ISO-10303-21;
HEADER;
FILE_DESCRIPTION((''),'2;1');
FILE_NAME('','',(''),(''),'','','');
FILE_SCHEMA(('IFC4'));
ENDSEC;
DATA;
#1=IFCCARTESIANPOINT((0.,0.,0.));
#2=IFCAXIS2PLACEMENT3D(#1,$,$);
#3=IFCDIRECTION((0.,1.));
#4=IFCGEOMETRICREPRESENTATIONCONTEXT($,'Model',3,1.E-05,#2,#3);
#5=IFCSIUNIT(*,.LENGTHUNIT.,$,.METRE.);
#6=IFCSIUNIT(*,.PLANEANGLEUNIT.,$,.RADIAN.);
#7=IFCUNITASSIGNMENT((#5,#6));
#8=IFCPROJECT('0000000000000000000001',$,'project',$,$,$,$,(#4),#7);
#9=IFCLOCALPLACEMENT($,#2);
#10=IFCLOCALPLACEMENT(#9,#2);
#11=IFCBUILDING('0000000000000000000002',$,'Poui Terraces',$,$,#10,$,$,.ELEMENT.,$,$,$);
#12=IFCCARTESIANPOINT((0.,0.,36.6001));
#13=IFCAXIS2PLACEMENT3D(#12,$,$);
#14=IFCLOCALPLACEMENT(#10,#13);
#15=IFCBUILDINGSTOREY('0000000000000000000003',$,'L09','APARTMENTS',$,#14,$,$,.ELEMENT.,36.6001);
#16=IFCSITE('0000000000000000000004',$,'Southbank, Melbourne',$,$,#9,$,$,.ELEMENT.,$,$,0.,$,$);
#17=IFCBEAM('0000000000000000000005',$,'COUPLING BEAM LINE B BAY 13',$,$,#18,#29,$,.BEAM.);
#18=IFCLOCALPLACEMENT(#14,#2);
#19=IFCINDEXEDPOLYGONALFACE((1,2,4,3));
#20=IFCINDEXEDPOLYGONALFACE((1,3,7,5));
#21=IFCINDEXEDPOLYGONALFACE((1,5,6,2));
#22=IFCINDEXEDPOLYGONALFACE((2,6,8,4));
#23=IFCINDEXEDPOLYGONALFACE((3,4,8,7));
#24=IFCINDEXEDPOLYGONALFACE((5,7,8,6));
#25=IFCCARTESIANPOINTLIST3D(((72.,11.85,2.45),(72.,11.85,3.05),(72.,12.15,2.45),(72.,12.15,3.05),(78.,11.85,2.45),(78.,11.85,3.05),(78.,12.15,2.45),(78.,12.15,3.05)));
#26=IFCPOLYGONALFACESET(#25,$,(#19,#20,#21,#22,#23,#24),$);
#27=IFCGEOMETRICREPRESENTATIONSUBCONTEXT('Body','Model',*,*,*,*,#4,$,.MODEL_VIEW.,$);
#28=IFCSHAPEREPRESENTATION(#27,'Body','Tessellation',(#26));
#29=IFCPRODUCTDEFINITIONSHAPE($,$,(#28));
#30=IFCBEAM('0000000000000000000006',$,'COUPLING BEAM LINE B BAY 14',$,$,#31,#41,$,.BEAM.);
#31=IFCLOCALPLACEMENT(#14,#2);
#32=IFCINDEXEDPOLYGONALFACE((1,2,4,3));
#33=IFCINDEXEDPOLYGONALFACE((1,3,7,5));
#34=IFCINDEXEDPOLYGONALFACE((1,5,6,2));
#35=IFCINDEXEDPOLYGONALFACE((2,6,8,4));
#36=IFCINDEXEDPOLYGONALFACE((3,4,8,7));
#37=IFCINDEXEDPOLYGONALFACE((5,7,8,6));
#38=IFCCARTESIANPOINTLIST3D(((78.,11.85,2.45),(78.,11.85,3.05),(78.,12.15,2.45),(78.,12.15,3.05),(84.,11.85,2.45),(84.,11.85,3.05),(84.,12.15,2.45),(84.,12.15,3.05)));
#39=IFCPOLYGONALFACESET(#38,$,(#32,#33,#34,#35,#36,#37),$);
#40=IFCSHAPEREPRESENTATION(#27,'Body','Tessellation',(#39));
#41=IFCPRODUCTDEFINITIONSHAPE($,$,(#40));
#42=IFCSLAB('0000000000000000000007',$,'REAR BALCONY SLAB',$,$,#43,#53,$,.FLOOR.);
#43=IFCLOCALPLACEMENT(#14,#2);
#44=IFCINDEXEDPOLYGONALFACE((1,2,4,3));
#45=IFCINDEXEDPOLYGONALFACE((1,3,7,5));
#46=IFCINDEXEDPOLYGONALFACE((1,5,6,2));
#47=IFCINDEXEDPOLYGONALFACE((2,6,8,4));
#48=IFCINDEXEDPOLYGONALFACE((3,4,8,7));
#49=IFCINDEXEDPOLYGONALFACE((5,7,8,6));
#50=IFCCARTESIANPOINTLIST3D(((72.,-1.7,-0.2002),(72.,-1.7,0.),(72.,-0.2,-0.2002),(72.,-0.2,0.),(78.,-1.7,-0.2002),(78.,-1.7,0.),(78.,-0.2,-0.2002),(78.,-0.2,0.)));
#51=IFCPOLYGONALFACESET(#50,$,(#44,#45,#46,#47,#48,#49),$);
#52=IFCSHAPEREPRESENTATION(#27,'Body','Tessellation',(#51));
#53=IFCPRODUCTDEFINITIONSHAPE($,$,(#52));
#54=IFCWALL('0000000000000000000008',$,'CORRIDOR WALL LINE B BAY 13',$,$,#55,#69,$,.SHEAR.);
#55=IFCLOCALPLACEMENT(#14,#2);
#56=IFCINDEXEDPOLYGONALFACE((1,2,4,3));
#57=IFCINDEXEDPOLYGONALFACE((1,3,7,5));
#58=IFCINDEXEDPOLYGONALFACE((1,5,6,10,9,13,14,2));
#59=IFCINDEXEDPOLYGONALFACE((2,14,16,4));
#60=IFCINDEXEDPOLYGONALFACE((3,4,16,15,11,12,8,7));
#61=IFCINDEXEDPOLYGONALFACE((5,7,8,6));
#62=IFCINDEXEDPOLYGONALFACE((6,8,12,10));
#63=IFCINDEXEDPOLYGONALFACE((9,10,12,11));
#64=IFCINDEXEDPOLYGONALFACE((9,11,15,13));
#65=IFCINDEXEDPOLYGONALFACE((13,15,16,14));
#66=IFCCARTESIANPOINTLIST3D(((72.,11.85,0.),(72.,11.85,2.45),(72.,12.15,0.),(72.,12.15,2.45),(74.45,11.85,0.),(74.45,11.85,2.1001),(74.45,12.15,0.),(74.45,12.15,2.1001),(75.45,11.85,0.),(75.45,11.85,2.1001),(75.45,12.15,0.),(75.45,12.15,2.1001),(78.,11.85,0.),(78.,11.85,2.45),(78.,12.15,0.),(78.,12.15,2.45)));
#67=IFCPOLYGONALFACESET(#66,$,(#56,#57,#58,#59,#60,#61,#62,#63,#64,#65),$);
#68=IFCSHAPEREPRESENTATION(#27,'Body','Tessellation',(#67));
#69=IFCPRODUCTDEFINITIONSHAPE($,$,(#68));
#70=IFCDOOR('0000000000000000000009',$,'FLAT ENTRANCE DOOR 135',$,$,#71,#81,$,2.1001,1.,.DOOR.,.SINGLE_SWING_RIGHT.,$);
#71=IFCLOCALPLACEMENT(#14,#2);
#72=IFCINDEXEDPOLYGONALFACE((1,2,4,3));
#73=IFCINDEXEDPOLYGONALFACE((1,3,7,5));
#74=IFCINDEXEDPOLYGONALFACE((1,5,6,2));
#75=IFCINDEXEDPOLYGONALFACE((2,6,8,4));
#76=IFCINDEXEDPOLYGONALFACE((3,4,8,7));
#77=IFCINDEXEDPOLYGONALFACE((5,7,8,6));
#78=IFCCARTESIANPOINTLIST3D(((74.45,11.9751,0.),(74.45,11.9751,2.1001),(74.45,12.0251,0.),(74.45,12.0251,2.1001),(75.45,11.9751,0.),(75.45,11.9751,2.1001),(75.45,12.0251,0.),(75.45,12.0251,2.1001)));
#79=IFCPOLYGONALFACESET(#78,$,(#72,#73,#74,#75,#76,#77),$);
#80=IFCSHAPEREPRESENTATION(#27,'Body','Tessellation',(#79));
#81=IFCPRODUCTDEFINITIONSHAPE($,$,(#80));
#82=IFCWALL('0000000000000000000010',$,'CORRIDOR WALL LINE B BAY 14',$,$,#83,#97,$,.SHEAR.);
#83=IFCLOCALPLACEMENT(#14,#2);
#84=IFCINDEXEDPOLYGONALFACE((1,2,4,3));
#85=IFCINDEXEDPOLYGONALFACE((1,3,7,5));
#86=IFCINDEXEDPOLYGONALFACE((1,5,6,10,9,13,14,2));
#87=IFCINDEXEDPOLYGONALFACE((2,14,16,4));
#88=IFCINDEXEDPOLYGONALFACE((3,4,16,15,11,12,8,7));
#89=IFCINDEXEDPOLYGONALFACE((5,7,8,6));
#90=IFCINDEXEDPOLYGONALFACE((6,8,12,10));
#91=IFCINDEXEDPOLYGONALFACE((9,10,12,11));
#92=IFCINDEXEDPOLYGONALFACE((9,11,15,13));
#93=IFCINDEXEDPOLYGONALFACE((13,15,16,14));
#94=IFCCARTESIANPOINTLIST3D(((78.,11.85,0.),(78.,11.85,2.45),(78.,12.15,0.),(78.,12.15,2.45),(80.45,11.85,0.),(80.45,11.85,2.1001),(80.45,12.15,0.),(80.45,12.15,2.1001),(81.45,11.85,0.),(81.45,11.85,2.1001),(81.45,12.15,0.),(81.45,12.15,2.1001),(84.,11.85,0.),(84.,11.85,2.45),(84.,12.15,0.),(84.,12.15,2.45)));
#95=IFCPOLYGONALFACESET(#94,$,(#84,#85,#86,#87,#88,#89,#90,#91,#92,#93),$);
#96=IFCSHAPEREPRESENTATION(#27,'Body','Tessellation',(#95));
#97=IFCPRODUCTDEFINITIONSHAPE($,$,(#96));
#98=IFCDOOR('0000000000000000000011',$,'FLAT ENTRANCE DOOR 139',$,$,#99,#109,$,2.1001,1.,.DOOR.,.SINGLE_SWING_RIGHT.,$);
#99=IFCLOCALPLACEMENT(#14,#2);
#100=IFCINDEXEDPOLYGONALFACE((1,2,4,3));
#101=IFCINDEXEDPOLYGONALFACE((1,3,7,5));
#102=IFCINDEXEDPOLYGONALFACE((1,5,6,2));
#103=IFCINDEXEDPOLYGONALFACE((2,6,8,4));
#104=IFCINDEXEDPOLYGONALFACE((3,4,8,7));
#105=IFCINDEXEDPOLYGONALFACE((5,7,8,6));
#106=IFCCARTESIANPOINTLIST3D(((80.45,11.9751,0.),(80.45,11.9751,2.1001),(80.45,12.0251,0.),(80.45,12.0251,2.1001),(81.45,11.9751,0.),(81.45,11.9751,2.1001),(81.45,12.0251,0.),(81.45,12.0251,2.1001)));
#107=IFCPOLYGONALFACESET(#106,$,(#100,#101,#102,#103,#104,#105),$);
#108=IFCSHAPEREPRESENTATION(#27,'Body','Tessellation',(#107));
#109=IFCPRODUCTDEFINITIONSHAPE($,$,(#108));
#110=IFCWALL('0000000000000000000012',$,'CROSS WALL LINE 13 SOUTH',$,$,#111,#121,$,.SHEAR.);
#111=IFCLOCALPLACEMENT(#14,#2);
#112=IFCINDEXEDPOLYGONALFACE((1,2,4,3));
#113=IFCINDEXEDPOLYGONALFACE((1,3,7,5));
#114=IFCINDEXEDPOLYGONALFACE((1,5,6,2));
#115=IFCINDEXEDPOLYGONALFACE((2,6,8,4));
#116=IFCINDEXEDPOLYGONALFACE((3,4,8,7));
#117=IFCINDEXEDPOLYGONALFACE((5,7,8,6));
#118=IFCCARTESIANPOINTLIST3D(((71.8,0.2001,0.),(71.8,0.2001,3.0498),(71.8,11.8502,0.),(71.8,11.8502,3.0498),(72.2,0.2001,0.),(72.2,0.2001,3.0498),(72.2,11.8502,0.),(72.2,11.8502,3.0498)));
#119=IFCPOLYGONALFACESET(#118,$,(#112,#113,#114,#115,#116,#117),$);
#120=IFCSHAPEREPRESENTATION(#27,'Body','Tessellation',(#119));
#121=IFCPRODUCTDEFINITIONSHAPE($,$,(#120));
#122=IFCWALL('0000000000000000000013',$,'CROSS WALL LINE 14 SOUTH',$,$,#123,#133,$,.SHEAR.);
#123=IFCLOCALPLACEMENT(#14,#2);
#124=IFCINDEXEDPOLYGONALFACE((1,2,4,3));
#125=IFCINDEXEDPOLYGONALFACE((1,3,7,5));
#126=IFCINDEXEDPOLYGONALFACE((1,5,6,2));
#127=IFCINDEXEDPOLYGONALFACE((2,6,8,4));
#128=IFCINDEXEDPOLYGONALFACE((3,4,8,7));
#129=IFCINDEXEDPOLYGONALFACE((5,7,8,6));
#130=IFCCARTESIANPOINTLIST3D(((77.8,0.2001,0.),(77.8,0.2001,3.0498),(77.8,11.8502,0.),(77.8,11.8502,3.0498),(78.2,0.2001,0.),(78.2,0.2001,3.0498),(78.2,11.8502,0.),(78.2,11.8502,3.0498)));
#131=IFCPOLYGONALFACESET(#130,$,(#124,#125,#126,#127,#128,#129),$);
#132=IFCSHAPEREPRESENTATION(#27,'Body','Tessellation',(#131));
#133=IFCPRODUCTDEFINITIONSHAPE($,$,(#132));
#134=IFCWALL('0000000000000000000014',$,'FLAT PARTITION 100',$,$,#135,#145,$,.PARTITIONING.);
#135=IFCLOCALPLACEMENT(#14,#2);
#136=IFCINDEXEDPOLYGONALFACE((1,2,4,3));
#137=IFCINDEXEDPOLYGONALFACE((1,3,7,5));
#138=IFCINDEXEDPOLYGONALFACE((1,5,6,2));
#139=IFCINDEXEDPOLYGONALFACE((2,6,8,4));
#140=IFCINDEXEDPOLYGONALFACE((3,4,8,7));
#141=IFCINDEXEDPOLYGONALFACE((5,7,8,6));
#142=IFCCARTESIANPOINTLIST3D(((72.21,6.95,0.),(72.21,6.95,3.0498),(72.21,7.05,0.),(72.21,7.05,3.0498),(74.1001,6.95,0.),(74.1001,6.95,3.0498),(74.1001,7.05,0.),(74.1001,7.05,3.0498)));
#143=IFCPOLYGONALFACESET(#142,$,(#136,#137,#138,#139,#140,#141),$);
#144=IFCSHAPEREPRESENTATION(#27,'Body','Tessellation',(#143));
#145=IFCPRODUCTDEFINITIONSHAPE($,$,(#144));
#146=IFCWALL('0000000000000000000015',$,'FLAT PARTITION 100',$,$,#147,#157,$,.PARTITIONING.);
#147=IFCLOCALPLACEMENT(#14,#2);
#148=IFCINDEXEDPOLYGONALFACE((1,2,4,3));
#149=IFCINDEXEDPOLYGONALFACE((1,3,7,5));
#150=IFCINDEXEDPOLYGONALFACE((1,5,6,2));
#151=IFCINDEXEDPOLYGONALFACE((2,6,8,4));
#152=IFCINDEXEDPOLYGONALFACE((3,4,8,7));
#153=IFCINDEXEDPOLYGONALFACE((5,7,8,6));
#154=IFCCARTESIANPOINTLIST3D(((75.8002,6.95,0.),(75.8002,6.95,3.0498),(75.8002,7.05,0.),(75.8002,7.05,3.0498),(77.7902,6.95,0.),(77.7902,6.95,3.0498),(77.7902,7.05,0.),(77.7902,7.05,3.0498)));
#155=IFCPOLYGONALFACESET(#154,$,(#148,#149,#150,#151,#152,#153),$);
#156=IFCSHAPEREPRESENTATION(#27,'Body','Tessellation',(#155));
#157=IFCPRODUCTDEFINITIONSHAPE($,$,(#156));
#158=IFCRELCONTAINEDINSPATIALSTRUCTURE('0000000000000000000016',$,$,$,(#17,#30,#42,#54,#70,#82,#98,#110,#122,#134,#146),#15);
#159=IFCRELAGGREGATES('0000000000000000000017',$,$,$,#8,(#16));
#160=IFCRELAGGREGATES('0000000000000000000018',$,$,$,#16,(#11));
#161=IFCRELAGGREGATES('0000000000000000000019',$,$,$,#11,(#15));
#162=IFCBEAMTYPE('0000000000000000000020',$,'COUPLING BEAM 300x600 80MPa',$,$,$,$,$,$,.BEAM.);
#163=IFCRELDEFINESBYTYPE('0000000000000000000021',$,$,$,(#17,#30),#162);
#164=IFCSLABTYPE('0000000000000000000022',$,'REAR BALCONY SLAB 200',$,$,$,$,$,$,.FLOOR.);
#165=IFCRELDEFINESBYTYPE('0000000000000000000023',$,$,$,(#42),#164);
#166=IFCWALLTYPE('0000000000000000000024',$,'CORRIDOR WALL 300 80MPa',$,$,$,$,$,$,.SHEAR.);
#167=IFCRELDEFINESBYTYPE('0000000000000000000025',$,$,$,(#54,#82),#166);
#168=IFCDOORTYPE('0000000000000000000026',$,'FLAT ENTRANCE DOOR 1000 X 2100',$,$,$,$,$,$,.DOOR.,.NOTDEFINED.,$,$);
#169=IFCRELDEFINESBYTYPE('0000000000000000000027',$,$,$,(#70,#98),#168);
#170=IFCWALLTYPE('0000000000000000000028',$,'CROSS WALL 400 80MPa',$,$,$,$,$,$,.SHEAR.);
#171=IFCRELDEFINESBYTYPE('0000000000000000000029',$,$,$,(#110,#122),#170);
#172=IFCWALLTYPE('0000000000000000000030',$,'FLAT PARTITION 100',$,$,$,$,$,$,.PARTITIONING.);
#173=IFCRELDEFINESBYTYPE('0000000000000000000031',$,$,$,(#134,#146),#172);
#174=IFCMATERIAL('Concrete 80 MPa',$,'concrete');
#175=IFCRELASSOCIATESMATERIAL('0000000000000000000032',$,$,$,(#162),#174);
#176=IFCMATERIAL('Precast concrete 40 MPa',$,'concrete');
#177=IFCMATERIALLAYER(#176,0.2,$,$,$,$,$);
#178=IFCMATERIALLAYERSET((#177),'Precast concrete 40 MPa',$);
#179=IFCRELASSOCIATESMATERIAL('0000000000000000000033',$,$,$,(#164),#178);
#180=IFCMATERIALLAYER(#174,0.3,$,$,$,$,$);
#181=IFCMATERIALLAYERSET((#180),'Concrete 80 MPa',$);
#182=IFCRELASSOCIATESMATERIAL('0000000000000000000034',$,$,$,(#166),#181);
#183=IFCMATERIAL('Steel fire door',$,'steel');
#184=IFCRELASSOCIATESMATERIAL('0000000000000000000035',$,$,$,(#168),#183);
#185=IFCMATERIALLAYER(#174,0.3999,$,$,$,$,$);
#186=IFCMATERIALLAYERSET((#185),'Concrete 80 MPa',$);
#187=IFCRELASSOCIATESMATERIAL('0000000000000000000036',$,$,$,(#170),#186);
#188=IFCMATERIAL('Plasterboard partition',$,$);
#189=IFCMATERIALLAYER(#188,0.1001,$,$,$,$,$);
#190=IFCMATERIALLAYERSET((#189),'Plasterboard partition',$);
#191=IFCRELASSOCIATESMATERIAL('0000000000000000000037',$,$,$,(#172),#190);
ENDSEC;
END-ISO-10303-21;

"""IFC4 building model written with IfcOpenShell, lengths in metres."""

from ifc_helpers import new_model, si_unit, direction, frame, frame_2d, origin, origin_2d, place, context, subcontext, project, spatial, polyline, rectangle, outline, extrude, source, transform, mapped, material, layer, layer_set, material_profile, profile_set, type_object, element, fill, save


model = new_model("IFC4")

# Units and contexts
model_context = context("Model", 3, precision=1e-05, world=origin(), true_north=direction((0.0, 1.0)))
body_context = subcontext(model_context, "Body", "Model", "MODEL_VIEW")
ifc_project = project(units=[si_unit("LENGTHUNIT", "METRE"), si_unit("PLANEANGLEUNIT", "RADIAN")], contexts=[model_context])

# Site, building, storey
site_placement = place(None, origin())
site = spatial("IfcSite", under=ifc_project, at=site_placement, Name="Southbank, Melbourne", CompositionType="ELEMENT", RefElevation=0.0)
building_placement = place(site_placement, origin())
building = spatial("IfcBuilding", under=site, at=building_placement, Name="Poui Terraces", CompositionType="ELEMENT")
storey_placement = place(building_placement, frame((0.0, 0.0, 36.6001)))
storey = spatial("IfcBuildingStorey", under=building, at=storey_placement, Name="L09", Description="APARTMENTS", CompositionType="ELEMENT", Elevation=36.6001)

# Beams
ifc_material_1 = material(Name="Concrete 80 MPa", Category="concrete")
ifc_material_profile_1 = material_profile(ifc_material_1, rectangle(XDim=0.3, YDim=0.6001, at=origin_2d()), Name="RC 300x600")
ifc_profile_set_1 = profile_set([ifc_material_profile_1], Name="Concrete 80 MPa")
beam_type = type_object("IfcBeamType", Name="COUPLING BEAM 300x600 80MPa", PredefinedType="BEAM", material=ifc_profile_set_1)
shared_shape_1 = source(origin(), body_context, "Body", "SweptSolid", [
    extrude(rectangle(XDim=0.3, YDim=0.6001, at=origin_2d()), origin(), (0.0, 0.0, 1.0), 6.0),
])
for number, where, z_axis, x_axis, name in (
    (1, (72.0, 12.0, 2.75), (1.0, 0.0, 0.0), (0.0, 1.0, 0.0), "COUPLING BEAM LINE B BAY 13"),
    (2, (78.0, 12.0, 2.75), (1.0, 0.0, 0.0), (0.0, 1.0, 0.0), "COUPLING BEAM LINE B BAY 14"),
):
    element("IfcBeam", number, at=place(storey_placement, frame(where, z_axis=z_axis, x_axis=x_axis)), inside=storey, type_object=beam_type, Name=name, PredefinedType="BEAM", context=body_context, shape_type="MappedRepresentation", body=[
        mapped(shared_shape_1, transform((0.0, 0.0, 0.0))),
    ])

# Slab
ifc_material_2 = material(Name="Precast concrete 40 MPa", Category="concrete")
ifc_layer_1 = layer(ifc_material_2, 0.2)
ifc_layer_set_1 = layer_set([ifc_layer_1], Name="Precast concrete 40 MPa")
slab_type = type_object("IfcSlabType", Name="REAR BALCONY SLAB 200", PredefinedType="FLOOR", material=ifc_layer_set_1)
shared_shape_2 = source(origin(), body_context, "Body", "SweptSolid", [
    extrude(outline(polyline([(0.0, 0.0), (6.0, 0.0), (6.0, 1.5), (0.0, 1.5), (0.0, 0.0)])), origin(), (0.0, 0.0, 1.0), 0.2002),
])
slab_placement = place(storey_placement, frame((72.0, -1.7, -0.2002)))
element("IfcSlab", 3, at=slab_placement, inside=storey, type_object=slab_type, Name="REAR BALCONY SLAB", PredefinedType="FLOOR", context=body_context, shape_type="MappedRepresentation", body=[
    mapped(shared_shape_2, transform((0.0, 0.0, 0.0))),
])

# Walls, openings, doors
ifc_layer_2 = layer(ifc_material_1, 0.3)
ifc_layer_set_2 = layer_set([ifc_layer_2], Name="Concrete 80 MPa")
wall_type_1 = type_object("IfcWallType", Name="CORRIDOR WALL 300 80MPa", PredefinedType="SHEAR", material=ifc_layer_set_2)
wall_1_placement = place(storey_placement, frame((72.0, 12.0, 0.0), z_axis=(0.0, 0.0, 1.0), x_axis=(1.0, 0.0, 0.0)))
wall_1 = element("IfcWall", 4, at=wall_1_placement, inside=storey, type_object=wall_type_1, Name="CORRIDOR WALL LINE B BAY 13", PredefinedType="SHEAR", context=body_context, shape_type="SweptSolid", body=[
    extrude(rectangle(XDim=6.0, YDim=0.3, at=frame_2d((3.0, 0.0))), origin(), (0.0, 0.0, 1.0), 2.45),
])
opening_1_placement = place(wall_1_placement, frame((2.45, 0.0, 0.0)))
opening_1 = element("IfcOpeningElement", 5, at=opening_1_placement, cuts=wall_1, PredefinedType="OPENING", context=body_context, shape_type="SweptSolid", body=[
    extrude(rectangle(XDim=1.0, YDim=2.1001, at=frame_2d((0.5, 1.05))), frame((0.0, 0.1602, 0.0), z_axis=(0.0, -1.0, 0.0), x_axis=(1.0, 0.0, 0.0)), (0.0, 0.0, 1.0), 0.3201),
])
ifc_material_3 = material(Name="Steel fire door", Category="steel")
door_type_1 = type_object("IfcDoorType", Name="FLAT ENTRANCE DOOR 1000 X 2100", OperationType="NOTDEFINED", PredefinedType="DOOR", material=ifc_material_3)
door_1_placement = place(opening_1_placement, frame((1.0, 0.0, 0.0), z_axis=(0.0, 0.0, 1.0), x_axis=(-1.0, 0.0, 0.0)))
door_1 = element("IfcDoor", 6, at=door_1_placement, inside=storey, type_object=door_type_1, Name="FLAT ENTRANCE DOOR 135", OperationType="SINGLE_SWING_RIGHT", OverallHeight=2.1001, OverallWidth=1.0, PredefinedType="DOOR", context=body_context, shape_type="SweptSolid", body=[
    extrude(rectangle(XDim=1.0, YDim=2.1001, at=frame_2d((0.5, 1.05))), frame((0.0, 0.0249, 0.0), z_axis=(0.0, -1.0, 0.0), x_axis=(1.0, 0.0, 0.0)), (0.0, 0.0, 1.0), 0.05),
])
fill(opening_1, door_1)
wall_2_placement = place(storey_placement, frame((78.0, 12.0, 0.0), z_axis=(0.0, 0.0, 1.0), x_axis=(1.0, 0.0, 0.0)))
wall_2 = element("IfcWall", 7, at=wall_2_placement, inside=storey, type_object=wall_type_1, Name="CORRIDOR WALL LINE B BAY 14", PredefinedType="SHEAR", context=body_context, shape_type="SweptSolid", body=[
    extrude(rectangle(XDim=6.0, YDim=0.3, at=frame_2d((3.0, 0.0))), origin(), (0.0, 0.0, 1.0), 2.45),
])
opening_2_placement = place(wall_2_placement, frame((2.45, 0.0, 0.0)))
opening_2 = element("IfcOpeningElement", 8, at=opening_2_placement, cuts=wall_2, PredefinedType="OPENING", context=body_context, shape_type="SweptSolid", body=[
    extrude(rectangle(XDim=1.0, YDim=2.1001, at=frame_2d((0.5, 1.05))), frame((0.0, 0.1602, 0.0), z_axis=(0.0, -1.0, 0.0), x_axis=(1.0, 0.0, 0.0)), (0.0, 0.0, 1.0), 0.3201),
])
door_2_placement = place(opening_2_placement, frame((1.0, 0.0, 0.0), z_axis=(0.0, 0.0, 1.0), x_axis=(-1.0, 0.0, 0.0)))
door_2 = element("IfcDoor", 9, at=door_2_placement, inside=storey, type_object=door_type_1, Name="FLAT ENTRANCE DOOR 139", OperationType="SINGLE_SWING_RIGHT", OverallHeight=2.1001, OverallWidth=1.0, PredefinedType="DOOR", context=body_context, shape_type="SweptSolid", body=[
    extrude(rectangle(XDim=1.0, YDim=2.1001, at=frame_2d((0.5, 1.05))), frame((0.0, 0.0249, 0.0), z_axis=(0.0, -1.0, 0.0), x_axis=(1.0, 0.0, 0.0)), (0.0, 0.0, 1.0), 0.05),
])
fill(opening_2, door_2)

# Walls
ifc_layer_3 = layer(ifc_material_1, 0.3999)
ifc_layer_set_3 = layer_set([ifc_layer_3], Name="Concrete 80 MPa")
wall_type_2 = type_object("IfcWallType", Name="CROSS WALL 400 80MPa", PredefinedType="SHEAR", material=ifc_layer_set_3)
for number, where, z_axis, x_axis, name in (
    (10, (72.0, 0.2, 0.0), (0.0, 0.0, 1.0), (0.0, 1.0, 0.0), "CROSS WALL LINE 13 SOUTH"),
    (11, (78.0, 0.2, 0.0), (0.0, 0.0, 1.0), (0.0, 1.0, 0.0), "CROSS WALL LINE 14 SOUTH"),
):
    element("IfcWall", number, at=place(storey_placement, frame(where, z_axis=z_axis, x_axis=x_axis)), inside=storey, type_object=wall_type_2, Name=name, PredefinedType="SHEAR", context=body_context, shape_type="SweptSolid", body=[
        extrude(rectangle(XDim=11.6501, YDim=0.3999, at=frame_2d((5.8252, 0.0))), origin(), (0.0, 0.0, 1.0), 3.0498),
    ])
ifc_material_4 = material(Name="Plasterboard partition")
ifc_layer_4 = layer(ifc_material_4, 0.1001)
ifc_layer_set_4 = layer_set([ifc_layer_4], Name="Plasterboard partition")
wall_type_3 = type_object("IfcWallType", Name="FLAT PARTITION 100", PredefinedType="PARTITIONING", material=ifc_layer_set_4)
wall_3_placement = place(storey_placement, frame((72.21, 7.0, 0.0), z_axis=(0.0, 0.0, 1.0), x_axis=(1.0, 0.0, 0.0)))
element("IfcWall", 12, at=wall_3_placement, inside=storey, type_object=wall_type_3, Name="FLAT PARTITION 100", PredefinedType="PARTITIONING", context=body_context, shape_type="SweptSolid", body=[
    extrude(rectangle(XDim=1.8901, YDim=0.1001, at=frame_2d((0.9451, 0.0))), origin(), (0.0, 0.0, 1.0), 3.0498),
])
wall_4_placement = place(storey_placement, frame((75.8, 7.0, 0.0), z_axis=(0.0, 0.0, 1.0), x_axis=(1.0, 0.0, 0.0)))
element("IfcWall", 13, at=wall_4_placement, inside=storey, type_object=wall_type_3, Name="FLAT PARTITION 100", PredefinedType="PARTITIONING", context=body_context, shape_type="SweptSolid", body=[
    extrude(rectangle(XDim=1.99, YDim=0.1001, at=frame_2d((0.9951, 0.0))), origin(), (0.0, 0.0, 1.0), 3.0498),
])

save(model, "model.ifc")
